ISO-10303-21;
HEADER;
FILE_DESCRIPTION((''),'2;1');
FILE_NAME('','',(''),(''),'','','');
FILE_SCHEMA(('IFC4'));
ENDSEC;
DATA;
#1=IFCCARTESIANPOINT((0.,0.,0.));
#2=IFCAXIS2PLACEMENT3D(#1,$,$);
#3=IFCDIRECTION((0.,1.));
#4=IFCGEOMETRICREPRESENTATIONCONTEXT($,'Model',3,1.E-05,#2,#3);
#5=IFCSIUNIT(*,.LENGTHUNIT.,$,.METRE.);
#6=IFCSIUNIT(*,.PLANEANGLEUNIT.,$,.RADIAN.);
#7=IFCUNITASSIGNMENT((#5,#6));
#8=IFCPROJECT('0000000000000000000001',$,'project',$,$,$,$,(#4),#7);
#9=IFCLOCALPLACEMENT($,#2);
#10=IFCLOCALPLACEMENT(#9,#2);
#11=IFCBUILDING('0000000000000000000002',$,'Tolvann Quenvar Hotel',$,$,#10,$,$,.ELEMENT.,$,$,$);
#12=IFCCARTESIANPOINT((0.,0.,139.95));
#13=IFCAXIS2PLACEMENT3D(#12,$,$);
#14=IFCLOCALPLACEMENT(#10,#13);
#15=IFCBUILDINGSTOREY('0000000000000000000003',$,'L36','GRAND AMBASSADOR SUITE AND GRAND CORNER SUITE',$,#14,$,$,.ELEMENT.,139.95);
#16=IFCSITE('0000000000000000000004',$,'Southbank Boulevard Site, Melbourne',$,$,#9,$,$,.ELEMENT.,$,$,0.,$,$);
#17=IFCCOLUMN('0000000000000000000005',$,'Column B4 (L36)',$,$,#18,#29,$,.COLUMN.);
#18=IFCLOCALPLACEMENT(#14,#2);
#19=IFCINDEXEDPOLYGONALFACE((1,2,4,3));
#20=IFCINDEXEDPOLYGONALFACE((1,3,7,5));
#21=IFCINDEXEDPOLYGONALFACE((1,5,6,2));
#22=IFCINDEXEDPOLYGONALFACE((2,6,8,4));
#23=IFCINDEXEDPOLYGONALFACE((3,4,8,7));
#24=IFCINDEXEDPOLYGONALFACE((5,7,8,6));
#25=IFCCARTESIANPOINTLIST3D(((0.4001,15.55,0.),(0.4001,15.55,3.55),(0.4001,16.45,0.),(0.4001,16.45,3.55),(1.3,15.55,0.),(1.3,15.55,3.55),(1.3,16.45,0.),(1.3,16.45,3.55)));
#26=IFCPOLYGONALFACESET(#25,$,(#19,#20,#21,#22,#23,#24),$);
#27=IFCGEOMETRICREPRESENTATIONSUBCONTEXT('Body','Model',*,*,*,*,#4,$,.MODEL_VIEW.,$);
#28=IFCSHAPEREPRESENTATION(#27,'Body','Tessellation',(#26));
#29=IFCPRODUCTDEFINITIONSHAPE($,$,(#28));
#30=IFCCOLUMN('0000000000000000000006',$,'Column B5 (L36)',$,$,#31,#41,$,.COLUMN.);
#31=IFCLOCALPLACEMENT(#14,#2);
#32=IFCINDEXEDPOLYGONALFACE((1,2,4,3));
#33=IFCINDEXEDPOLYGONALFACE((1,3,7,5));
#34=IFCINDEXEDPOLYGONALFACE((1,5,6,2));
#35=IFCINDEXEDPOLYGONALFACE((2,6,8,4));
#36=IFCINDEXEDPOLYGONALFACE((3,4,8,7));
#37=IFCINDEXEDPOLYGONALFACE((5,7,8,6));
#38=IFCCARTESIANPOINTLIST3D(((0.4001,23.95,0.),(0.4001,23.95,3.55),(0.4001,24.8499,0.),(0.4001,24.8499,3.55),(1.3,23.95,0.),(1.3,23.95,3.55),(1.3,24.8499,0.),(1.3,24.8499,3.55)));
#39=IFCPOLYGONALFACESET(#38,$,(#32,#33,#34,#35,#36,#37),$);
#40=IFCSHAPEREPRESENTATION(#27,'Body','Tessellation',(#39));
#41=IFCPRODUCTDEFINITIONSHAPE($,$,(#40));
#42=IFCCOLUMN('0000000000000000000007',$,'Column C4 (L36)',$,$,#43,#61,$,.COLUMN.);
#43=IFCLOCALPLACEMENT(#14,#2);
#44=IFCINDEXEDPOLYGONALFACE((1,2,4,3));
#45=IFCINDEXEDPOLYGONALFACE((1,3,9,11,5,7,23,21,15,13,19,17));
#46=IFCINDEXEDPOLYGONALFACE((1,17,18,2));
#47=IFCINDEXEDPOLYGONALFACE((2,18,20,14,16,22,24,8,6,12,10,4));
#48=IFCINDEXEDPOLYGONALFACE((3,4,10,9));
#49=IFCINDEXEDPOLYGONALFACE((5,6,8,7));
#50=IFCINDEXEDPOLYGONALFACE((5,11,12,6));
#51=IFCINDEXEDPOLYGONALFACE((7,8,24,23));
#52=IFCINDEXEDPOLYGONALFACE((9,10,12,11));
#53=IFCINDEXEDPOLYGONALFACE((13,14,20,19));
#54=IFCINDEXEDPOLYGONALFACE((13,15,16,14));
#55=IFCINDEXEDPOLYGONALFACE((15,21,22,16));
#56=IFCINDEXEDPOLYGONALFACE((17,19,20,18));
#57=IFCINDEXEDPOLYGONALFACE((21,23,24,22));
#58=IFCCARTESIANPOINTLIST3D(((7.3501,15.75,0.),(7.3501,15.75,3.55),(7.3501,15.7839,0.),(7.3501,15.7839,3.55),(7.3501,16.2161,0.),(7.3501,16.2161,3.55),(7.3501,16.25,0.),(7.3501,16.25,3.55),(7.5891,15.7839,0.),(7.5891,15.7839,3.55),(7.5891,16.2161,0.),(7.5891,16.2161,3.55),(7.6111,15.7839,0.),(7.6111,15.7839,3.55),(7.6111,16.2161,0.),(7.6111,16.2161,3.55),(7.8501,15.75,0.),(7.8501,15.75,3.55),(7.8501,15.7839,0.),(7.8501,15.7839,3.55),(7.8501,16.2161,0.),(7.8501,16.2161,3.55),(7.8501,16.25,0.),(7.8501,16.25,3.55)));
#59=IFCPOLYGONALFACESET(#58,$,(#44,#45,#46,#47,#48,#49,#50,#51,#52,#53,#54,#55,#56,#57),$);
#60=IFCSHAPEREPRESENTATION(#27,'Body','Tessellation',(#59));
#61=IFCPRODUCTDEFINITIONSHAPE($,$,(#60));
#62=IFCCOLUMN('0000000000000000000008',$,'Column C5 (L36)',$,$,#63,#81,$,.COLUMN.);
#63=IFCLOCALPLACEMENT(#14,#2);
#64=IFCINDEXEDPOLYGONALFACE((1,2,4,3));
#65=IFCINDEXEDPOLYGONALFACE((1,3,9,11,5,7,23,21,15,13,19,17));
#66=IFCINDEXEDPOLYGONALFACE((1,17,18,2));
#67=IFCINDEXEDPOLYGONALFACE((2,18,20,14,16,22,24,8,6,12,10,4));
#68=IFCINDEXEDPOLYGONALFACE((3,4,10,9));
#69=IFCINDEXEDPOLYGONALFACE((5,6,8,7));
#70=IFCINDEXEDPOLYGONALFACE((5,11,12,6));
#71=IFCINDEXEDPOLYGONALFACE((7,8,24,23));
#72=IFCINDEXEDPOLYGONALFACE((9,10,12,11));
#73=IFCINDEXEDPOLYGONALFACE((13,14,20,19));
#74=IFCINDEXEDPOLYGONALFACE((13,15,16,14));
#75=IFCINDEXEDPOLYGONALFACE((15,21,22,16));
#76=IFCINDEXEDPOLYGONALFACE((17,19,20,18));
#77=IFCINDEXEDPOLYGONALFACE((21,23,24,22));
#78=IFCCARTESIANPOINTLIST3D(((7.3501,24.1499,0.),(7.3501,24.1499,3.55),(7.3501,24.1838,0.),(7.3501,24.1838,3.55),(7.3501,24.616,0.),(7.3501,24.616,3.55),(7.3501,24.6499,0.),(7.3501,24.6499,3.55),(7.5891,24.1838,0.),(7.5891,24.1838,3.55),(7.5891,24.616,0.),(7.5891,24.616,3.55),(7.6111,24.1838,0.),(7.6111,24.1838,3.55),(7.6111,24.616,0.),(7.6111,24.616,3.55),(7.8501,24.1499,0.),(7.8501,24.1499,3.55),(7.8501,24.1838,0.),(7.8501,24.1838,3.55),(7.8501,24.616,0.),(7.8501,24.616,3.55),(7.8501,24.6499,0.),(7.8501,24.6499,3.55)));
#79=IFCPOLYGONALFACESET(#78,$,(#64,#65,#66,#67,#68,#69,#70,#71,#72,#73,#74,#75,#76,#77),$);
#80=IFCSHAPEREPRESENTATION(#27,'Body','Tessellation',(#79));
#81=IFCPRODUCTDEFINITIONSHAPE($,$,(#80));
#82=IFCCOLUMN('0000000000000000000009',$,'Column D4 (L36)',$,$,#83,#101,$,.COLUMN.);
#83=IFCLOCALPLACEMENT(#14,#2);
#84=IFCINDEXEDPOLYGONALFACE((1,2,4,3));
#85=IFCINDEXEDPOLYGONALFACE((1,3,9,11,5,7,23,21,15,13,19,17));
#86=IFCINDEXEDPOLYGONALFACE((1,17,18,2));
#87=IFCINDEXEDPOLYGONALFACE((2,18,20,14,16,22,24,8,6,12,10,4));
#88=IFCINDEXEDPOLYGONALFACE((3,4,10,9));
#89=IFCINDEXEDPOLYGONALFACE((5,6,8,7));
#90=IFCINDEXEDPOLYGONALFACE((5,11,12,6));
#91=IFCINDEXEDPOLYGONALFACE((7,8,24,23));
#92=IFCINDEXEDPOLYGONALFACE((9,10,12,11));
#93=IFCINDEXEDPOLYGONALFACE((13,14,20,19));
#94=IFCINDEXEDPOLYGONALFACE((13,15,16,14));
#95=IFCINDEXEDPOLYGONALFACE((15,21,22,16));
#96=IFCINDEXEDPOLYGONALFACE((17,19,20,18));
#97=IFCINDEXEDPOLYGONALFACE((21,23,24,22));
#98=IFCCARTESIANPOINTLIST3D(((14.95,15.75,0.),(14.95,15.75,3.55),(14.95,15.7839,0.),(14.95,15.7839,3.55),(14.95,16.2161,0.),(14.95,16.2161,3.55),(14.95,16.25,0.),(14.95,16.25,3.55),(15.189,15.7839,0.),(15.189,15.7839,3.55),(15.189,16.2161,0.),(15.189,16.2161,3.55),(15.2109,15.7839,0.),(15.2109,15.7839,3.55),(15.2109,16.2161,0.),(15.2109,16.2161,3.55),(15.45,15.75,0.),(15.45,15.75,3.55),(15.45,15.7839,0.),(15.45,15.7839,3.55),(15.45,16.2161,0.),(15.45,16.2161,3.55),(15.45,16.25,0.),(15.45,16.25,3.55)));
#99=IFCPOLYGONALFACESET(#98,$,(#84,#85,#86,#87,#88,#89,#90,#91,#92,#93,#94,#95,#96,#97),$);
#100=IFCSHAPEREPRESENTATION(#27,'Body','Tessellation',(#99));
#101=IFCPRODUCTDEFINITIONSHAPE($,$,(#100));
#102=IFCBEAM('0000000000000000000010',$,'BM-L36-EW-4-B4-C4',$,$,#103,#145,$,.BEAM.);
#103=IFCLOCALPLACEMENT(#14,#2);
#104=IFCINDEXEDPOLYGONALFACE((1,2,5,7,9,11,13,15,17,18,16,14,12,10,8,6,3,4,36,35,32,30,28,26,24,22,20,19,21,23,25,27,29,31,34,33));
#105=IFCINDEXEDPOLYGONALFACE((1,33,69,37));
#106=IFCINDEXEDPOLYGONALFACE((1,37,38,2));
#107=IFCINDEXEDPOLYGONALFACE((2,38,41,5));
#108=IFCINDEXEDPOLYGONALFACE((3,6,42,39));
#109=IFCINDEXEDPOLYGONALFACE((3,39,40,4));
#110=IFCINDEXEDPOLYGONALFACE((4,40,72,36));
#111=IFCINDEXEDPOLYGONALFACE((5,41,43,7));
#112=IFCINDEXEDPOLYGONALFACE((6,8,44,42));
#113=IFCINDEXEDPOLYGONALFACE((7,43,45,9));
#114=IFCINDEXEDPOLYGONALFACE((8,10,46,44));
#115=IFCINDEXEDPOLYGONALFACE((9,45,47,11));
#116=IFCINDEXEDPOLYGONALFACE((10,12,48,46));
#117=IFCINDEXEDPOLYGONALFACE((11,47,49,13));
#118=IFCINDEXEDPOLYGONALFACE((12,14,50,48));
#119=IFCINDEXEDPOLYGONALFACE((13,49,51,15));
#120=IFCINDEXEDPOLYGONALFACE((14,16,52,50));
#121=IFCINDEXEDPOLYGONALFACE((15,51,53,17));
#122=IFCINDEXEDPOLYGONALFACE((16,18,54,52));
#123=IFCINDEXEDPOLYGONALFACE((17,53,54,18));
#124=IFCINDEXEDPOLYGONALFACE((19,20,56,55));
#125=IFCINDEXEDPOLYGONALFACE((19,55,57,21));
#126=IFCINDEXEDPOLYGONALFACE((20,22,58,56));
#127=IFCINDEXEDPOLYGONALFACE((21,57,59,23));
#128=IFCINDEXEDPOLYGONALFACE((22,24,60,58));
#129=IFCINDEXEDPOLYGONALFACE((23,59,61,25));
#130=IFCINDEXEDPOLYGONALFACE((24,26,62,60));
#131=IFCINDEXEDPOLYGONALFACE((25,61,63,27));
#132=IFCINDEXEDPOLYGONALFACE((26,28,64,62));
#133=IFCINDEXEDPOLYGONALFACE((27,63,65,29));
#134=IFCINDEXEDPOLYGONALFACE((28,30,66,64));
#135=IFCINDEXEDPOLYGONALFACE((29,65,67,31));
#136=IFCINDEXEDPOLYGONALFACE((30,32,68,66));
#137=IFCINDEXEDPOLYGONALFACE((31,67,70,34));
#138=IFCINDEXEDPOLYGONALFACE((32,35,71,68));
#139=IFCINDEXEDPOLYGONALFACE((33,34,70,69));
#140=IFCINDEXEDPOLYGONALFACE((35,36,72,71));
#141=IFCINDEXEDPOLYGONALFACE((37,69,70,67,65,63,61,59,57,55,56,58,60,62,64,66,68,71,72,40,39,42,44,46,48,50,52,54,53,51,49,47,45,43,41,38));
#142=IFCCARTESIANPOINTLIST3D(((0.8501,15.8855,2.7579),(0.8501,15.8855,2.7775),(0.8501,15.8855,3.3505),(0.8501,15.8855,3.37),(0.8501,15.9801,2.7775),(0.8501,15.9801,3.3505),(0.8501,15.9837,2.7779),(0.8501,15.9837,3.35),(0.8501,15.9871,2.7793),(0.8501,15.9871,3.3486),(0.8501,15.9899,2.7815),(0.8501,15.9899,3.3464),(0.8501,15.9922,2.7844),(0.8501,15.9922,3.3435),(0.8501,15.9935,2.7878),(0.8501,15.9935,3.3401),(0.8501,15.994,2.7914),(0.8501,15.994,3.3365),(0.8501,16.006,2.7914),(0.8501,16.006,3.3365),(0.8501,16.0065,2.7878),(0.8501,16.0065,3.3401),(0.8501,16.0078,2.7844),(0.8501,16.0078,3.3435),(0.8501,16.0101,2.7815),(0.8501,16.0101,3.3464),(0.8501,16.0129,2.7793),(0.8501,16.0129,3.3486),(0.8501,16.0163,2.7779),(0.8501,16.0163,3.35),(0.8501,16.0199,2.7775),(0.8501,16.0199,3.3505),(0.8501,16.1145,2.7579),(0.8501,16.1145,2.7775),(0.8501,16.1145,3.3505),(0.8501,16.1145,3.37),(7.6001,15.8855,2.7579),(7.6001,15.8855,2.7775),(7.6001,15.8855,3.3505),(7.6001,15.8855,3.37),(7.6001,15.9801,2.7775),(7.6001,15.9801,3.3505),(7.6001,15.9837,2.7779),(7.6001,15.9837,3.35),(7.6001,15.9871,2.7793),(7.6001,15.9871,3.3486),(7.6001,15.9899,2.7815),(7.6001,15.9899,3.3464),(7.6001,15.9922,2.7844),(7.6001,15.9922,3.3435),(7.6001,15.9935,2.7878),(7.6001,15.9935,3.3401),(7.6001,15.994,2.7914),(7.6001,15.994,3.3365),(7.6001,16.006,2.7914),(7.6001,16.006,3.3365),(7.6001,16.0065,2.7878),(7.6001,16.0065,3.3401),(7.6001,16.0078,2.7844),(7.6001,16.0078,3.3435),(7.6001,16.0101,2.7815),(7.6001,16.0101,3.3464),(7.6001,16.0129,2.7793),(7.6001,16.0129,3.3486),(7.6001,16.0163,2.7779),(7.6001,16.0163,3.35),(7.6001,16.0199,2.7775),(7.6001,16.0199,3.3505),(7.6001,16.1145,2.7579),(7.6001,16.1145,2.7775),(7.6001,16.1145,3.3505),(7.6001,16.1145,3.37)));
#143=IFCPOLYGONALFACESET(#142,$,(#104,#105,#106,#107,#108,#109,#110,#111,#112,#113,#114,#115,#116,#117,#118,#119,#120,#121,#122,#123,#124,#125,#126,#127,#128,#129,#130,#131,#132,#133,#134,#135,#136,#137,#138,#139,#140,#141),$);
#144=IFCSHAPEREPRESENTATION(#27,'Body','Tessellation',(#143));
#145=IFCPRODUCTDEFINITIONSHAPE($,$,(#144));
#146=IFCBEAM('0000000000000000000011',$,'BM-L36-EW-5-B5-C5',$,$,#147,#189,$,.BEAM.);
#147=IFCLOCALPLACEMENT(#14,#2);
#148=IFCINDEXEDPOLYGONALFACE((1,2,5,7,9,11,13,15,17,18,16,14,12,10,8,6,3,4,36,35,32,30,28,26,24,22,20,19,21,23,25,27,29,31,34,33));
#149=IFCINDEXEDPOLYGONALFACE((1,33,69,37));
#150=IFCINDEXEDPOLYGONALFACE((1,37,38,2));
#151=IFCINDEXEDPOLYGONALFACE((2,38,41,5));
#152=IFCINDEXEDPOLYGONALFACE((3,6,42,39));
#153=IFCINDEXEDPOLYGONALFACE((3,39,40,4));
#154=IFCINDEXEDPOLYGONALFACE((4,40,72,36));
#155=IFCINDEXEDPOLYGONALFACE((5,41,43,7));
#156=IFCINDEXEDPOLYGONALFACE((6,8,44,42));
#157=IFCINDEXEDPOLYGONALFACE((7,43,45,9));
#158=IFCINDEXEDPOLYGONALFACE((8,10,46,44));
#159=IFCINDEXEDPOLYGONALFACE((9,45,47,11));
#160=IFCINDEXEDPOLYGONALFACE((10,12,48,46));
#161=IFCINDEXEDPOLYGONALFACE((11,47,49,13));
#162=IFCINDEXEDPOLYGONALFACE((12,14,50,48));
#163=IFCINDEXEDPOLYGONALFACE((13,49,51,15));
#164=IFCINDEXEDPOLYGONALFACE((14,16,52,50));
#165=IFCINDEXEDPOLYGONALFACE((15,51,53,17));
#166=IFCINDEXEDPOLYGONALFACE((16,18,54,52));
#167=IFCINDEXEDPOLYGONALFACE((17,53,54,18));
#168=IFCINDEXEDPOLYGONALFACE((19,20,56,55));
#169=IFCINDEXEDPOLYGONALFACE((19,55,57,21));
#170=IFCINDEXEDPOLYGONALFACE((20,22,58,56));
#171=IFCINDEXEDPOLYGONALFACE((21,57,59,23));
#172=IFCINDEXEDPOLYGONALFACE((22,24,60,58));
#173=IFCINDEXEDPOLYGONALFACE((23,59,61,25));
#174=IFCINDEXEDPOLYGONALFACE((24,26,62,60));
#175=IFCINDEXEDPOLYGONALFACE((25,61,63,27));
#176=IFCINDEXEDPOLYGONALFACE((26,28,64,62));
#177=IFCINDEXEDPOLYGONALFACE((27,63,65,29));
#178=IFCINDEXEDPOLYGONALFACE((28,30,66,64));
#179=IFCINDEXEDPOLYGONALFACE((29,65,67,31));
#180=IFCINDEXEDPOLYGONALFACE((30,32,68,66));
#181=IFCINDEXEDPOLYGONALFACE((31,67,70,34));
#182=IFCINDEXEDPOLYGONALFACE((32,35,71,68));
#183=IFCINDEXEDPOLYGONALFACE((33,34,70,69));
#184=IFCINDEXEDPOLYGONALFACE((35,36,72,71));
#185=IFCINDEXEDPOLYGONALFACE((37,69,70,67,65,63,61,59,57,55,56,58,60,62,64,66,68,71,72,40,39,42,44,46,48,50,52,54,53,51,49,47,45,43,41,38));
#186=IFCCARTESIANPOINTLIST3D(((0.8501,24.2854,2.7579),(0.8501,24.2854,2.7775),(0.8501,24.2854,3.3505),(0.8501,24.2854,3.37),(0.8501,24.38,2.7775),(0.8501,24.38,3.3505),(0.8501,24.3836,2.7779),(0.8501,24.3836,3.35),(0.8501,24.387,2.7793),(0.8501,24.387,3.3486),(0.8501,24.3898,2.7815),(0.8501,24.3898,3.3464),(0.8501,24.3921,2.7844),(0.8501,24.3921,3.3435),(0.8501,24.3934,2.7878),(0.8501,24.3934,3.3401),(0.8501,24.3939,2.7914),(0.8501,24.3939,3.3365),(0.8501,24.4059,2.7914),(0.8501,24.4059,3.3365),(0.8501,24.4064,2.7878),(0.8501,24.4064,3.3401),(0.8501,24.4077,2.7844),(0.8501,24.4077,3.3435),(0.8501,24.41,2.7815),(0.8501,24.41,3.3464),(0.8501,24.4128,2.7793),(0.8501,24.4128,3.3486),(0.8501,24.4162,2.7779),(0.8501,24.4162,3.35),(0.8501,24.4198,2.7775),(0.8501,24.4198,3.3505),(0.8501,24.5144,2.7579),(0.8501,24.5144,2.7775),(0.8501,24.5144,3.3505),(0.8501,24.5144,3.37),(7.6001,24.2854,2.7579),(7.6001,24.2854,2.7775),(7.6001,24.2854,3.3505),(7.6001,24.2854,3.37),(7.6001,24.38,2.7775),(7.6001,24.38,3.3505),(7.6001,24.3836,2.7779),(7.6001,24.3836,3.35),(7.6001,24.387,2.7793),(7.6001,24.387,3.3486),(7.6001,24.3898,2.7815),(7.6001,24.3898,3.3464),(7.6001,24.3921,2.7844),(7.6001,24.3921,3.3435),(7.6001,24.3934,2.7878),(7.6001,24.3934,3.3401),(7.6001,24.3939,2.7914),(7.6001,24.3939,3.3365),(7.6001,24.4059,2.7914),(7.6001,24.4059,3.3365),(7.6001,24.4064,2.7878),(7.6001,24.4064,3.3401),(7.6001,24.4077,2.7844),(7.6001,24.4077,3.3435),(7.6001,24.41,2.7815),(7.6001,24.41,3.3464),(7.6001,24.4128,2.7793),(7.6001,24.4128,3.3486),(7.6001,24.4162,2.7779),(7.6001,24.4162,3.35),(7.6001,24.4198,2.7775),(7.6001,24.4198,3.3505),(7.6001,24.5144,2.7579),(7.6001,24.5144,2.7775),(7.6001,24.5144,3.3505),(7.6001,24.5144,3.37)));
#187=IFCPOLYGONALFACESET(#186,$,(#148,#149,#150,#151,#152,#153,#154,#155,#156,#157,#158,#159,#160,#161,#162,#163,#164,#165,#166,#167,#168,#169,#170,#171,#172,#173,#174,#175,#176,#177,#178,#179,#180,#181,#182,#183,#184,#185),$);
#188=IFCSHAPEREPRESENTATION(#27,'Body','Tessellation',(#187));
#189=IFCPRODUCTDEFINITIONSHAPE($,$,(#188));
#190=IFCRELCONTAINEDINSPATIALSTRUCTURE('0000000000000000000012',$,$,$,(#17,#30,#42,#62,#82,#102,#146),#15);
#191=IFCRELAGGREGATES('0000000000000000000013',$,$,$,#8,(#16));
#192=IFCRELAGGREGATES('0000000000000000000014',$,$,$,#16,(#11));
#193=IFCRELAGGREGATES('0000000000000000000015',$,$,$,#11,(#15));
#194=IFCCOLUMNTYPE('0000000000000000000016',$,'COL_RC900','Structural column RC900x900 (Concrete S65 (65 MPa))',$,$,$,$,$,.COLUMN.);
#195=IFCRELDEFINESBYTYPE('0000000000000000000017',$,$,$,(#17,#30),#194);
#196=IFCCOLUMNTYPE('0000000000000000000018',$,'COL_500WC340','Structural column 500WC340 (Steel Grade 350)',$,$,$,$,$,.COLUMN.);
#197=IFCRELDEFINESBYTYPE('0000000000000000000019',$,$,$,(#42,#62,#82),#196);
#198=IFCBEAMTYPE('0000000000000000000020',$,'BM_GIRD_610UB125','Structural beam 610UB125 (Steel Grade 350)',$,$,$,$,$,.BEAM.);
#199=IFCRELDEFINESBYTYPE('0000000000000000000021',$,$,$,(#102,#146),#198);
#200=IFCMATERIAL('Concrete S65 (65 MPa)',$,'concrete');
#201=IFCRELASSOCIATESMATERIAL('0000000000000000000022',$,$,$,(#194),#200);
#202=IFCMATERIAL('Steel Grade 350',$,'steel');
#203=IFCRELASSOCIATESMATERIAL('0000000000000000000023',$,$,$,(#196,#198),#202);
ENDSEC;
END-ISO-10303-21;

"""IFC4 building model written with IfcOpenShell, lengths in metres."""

from ifc_helpers import new_model, si_unit, direction, frame, origin, origin_2d, place, context, subcontext, project, spatial, rectangle, i_section, extrude, source, transform, mapped, material, material_profile, profile_set, type_object, type_shapes, element, save


model = new_model("IFC4")

# Units and contexts
model_context = context("Model", 3, precision=1e-05, world=origin(), true_north=direction((0.0, 1.0)))
body_context = subcontext(model_context, "Body", "Model", "MODEL_VIEW")
ifc_project = project(units=[si_unit("LENGTHUNIT", "METRE"), si_unit("PLANEANGLEUNIT", "RADIAN")], contexts=[model_context])

# Site, building, storey
site_placement = place(None, origin())
site = spatial("IfcSite", under=ifc_project, at=site_placement, Name="Southbank Boulevard Site, Melbourne", CompositionType="ELEMENT", RefElevation=0.0)
building_placement = place(site_placement, origin())
building = spatial("IfcBuilding", under=site, at=building_placement, Name="Tolvann Quenvar Hotel", CompositionType="ELEMENT")
storey_placement = place(building_placement, frame((0.0, 0.0, 139.95)))
storey = spatial("IfcBuildingStorey", under=building, at=storey_placement, Name="L36", Description="GRAND AMBASSADOR SUITE AND GRAND CORNER SUITE", CompositionType="ELEMENT", Elevation=139.95)

# Columns
ifc_material_1 = material(Name="Concrete S65 (65 MPa)", Category="concrete")
ifc_material_profile_1 = material_profile(ifc_material_1, rectangle(XDim=0.8999, YDim=0.8999, at=origin_2d()), Name="RC900x900")
ifc_profile_set_1 = profile_set([ifc_material_profile_1], Name="Concrete S65 (65 MPa)")
column_type_1 = type_object("IfcColumnType", Name="COL_RC900", Description="Structural column RC900x900 (Concrete S65 (65 MPa))", PredefinedType="COLUMN", material=ifc_profile_set_1)
shared_shape_1 = source(origin(), body_context, "Body", "SweptSolid", [
    extrude(rectangle(XDim=0.8999, YDim=0.8999, at=origin_2d()), origin(), (0.0, 0.0, 1.0), 3.55),
])
type_shapes(column_type_1, [shared_shape_1])
for number, where, z_axis, x_axis, name in (
    (1, (0.8501, 16.0, 0.0), (0.0, 0.0, 1.0), (1.0, 0.0, 0.0), "Column B4 (L36)"),
    (2, (0.8501, 24.3999, 0.0), (0.0, 0.0, 1.0), (1.0, 0.0, 0.0), "Column B5 (L36)"),
):
    element("IfcColumn", number, at=place(storey_placement, frame(where, z_axis=z_axis, x_axis=x_axis)), inside=storey, type_object=column_type_1, Name=name, PredefinedType="COLUMN", context=body_context, shape_type="MappedRepresentation", body=[
        mapped(shared_shape_1, transform((0.0, 0.0, 0.0), x_axis=(1.0, 0.0, 0.0), y_axis=(0.0, 1.0, 0.0), z_axis=(0.0, 0.0, 1.0), scale=1.0)),
    ])
ifc_material_2 = material(Name="Steel Grade 350", Category="steel")
ifc_material_profile_2 = material_profile(ifc_material_2, i_section(OverallWidth=0.5, OverallDepth=0.5, WebThickness=0.022, FlangeThickness=0.0339, at=origin_2d()), Name="500WC340")
ifc_profile_set_2 = profile_set([ifc_material_profile_2], Name="Steel Grade 350")
column_type_2 = type_object("IfcColumnType", Name="COL_500WC340", Description="Structural column 500WC340 (Steel Grade 350)", PredefinedType="COLUMN", material=ifc_profile_set_2)
shared_shape_2 = source(origin(), body_context, "Body", "SweptSolid", [
    extrude(i_section(OverallWidth=0.5, OverallDepth=0.5, WebThickness=0.022, FlangeThickness=0.0339, at=origin_2d()), origin(), (0.0, 0.0, 1.0), 3.55),
])
type_shapes(column_type_2, [shared_shape_2])
for number, where, z_axis, x_axis, name in (
    (3, (7.6001, 16.0, 0.0), (0.0, 0.0, 1.0), (1.0, 0.0, 0.0), "Column C4 (L36)"),
    (4, (7.6001, 24.3999, 0.0), (0.0, 0.0, 1.0), (1.0, 0.0, 0.0), "Column C5 (L36)"),
    (5, (15.2, 16.0, 0.0), (0.0, 0.0, 1.0), (1.0, 0.0, 0.0), "Column D4 (L36)"),
):
    element("IfcColumn", number, at=place(storey_placement, frame(where, z_axis=z_axis, x_axis=x_axis)), inside=storey, type_object=column_type_2, Name=name, PredefinedType="COLUMN", context=body_context, shape_type="MappedRepresentation", body=[
        mapped(shared_shape_2, transform((0.0, 0.0, 0.0), x_axis=(1.0, 0.0, 0.0), y_axis=(0.0, 1.0, 0.0), z_axis=(0.0, 0.0, 1.0), scale=1.0)),
    ])

# Beams
ifc_material_profile_3 = material_profile(ifc_material_2, i_section(OverallWidth=0.229, OverallDepth=0.6121, WebThickness=0.012, FlangeThickness=0.0195, FilletRadius=0.0139, at=origin_2d()), Name="610UB125")
ifc_profile_set_3 = profile_set([ifc_material_profile_3], Name="Steel Grade 350")
beam_type_1 = type_object("IfcBeamType", Name="BM_GIRD_610UB125", Description="Structural beam 610UB125 (Steel Grade 350)", PredefinedType="BEAM", material=ifc_profile_set_3)
shared_shape_3 = source(origin(), body_context, "Body", "SweptSolid", [
    extrude(i_section(OverallWidth=0.229, OverallDepth=0.6121, WebThickness=0.012, FlangeThickness=0.0195, FilletRadius=0.0139, at=origin_2d()), origin(), (0.0, 0.0, 1.0), 6.75),
])
for number, where, z_axis, x_axis, name in (
    (6, (0.8501, 16.0, 3.064), (1.0, 0.0, 0.0), (0.0, 1.0, 0.0), "BM-L36-EW-4-B4-C4"),
    (7, (0.8501, 24.3999, 3.064), (1.0, 0.0, 0.0), (0.0, 1.0, 0.0), "BM-L36-EW-5-B5-C5"),
):
    element("IfcBeam", number, at=place(storey_placement, frame(where, z_axis=z_axis, x_axis=x_axis)), inside=storey, type_object=beam_type_1, Name=name, PredefinedType="BEAM", context=body_context, shape_type="MappedRepresentation", body=[
        mapped(shared_shape_3, transform((0.0, 0.0, 0.0), x_axis=(1.0, 0.0, 0.0), y_axis=(0.0, 1.0, 0.0), z_axis=(0.0, 0.0, 1.0), scale=1.0)),
    ])

save(model, "model.ifc")
